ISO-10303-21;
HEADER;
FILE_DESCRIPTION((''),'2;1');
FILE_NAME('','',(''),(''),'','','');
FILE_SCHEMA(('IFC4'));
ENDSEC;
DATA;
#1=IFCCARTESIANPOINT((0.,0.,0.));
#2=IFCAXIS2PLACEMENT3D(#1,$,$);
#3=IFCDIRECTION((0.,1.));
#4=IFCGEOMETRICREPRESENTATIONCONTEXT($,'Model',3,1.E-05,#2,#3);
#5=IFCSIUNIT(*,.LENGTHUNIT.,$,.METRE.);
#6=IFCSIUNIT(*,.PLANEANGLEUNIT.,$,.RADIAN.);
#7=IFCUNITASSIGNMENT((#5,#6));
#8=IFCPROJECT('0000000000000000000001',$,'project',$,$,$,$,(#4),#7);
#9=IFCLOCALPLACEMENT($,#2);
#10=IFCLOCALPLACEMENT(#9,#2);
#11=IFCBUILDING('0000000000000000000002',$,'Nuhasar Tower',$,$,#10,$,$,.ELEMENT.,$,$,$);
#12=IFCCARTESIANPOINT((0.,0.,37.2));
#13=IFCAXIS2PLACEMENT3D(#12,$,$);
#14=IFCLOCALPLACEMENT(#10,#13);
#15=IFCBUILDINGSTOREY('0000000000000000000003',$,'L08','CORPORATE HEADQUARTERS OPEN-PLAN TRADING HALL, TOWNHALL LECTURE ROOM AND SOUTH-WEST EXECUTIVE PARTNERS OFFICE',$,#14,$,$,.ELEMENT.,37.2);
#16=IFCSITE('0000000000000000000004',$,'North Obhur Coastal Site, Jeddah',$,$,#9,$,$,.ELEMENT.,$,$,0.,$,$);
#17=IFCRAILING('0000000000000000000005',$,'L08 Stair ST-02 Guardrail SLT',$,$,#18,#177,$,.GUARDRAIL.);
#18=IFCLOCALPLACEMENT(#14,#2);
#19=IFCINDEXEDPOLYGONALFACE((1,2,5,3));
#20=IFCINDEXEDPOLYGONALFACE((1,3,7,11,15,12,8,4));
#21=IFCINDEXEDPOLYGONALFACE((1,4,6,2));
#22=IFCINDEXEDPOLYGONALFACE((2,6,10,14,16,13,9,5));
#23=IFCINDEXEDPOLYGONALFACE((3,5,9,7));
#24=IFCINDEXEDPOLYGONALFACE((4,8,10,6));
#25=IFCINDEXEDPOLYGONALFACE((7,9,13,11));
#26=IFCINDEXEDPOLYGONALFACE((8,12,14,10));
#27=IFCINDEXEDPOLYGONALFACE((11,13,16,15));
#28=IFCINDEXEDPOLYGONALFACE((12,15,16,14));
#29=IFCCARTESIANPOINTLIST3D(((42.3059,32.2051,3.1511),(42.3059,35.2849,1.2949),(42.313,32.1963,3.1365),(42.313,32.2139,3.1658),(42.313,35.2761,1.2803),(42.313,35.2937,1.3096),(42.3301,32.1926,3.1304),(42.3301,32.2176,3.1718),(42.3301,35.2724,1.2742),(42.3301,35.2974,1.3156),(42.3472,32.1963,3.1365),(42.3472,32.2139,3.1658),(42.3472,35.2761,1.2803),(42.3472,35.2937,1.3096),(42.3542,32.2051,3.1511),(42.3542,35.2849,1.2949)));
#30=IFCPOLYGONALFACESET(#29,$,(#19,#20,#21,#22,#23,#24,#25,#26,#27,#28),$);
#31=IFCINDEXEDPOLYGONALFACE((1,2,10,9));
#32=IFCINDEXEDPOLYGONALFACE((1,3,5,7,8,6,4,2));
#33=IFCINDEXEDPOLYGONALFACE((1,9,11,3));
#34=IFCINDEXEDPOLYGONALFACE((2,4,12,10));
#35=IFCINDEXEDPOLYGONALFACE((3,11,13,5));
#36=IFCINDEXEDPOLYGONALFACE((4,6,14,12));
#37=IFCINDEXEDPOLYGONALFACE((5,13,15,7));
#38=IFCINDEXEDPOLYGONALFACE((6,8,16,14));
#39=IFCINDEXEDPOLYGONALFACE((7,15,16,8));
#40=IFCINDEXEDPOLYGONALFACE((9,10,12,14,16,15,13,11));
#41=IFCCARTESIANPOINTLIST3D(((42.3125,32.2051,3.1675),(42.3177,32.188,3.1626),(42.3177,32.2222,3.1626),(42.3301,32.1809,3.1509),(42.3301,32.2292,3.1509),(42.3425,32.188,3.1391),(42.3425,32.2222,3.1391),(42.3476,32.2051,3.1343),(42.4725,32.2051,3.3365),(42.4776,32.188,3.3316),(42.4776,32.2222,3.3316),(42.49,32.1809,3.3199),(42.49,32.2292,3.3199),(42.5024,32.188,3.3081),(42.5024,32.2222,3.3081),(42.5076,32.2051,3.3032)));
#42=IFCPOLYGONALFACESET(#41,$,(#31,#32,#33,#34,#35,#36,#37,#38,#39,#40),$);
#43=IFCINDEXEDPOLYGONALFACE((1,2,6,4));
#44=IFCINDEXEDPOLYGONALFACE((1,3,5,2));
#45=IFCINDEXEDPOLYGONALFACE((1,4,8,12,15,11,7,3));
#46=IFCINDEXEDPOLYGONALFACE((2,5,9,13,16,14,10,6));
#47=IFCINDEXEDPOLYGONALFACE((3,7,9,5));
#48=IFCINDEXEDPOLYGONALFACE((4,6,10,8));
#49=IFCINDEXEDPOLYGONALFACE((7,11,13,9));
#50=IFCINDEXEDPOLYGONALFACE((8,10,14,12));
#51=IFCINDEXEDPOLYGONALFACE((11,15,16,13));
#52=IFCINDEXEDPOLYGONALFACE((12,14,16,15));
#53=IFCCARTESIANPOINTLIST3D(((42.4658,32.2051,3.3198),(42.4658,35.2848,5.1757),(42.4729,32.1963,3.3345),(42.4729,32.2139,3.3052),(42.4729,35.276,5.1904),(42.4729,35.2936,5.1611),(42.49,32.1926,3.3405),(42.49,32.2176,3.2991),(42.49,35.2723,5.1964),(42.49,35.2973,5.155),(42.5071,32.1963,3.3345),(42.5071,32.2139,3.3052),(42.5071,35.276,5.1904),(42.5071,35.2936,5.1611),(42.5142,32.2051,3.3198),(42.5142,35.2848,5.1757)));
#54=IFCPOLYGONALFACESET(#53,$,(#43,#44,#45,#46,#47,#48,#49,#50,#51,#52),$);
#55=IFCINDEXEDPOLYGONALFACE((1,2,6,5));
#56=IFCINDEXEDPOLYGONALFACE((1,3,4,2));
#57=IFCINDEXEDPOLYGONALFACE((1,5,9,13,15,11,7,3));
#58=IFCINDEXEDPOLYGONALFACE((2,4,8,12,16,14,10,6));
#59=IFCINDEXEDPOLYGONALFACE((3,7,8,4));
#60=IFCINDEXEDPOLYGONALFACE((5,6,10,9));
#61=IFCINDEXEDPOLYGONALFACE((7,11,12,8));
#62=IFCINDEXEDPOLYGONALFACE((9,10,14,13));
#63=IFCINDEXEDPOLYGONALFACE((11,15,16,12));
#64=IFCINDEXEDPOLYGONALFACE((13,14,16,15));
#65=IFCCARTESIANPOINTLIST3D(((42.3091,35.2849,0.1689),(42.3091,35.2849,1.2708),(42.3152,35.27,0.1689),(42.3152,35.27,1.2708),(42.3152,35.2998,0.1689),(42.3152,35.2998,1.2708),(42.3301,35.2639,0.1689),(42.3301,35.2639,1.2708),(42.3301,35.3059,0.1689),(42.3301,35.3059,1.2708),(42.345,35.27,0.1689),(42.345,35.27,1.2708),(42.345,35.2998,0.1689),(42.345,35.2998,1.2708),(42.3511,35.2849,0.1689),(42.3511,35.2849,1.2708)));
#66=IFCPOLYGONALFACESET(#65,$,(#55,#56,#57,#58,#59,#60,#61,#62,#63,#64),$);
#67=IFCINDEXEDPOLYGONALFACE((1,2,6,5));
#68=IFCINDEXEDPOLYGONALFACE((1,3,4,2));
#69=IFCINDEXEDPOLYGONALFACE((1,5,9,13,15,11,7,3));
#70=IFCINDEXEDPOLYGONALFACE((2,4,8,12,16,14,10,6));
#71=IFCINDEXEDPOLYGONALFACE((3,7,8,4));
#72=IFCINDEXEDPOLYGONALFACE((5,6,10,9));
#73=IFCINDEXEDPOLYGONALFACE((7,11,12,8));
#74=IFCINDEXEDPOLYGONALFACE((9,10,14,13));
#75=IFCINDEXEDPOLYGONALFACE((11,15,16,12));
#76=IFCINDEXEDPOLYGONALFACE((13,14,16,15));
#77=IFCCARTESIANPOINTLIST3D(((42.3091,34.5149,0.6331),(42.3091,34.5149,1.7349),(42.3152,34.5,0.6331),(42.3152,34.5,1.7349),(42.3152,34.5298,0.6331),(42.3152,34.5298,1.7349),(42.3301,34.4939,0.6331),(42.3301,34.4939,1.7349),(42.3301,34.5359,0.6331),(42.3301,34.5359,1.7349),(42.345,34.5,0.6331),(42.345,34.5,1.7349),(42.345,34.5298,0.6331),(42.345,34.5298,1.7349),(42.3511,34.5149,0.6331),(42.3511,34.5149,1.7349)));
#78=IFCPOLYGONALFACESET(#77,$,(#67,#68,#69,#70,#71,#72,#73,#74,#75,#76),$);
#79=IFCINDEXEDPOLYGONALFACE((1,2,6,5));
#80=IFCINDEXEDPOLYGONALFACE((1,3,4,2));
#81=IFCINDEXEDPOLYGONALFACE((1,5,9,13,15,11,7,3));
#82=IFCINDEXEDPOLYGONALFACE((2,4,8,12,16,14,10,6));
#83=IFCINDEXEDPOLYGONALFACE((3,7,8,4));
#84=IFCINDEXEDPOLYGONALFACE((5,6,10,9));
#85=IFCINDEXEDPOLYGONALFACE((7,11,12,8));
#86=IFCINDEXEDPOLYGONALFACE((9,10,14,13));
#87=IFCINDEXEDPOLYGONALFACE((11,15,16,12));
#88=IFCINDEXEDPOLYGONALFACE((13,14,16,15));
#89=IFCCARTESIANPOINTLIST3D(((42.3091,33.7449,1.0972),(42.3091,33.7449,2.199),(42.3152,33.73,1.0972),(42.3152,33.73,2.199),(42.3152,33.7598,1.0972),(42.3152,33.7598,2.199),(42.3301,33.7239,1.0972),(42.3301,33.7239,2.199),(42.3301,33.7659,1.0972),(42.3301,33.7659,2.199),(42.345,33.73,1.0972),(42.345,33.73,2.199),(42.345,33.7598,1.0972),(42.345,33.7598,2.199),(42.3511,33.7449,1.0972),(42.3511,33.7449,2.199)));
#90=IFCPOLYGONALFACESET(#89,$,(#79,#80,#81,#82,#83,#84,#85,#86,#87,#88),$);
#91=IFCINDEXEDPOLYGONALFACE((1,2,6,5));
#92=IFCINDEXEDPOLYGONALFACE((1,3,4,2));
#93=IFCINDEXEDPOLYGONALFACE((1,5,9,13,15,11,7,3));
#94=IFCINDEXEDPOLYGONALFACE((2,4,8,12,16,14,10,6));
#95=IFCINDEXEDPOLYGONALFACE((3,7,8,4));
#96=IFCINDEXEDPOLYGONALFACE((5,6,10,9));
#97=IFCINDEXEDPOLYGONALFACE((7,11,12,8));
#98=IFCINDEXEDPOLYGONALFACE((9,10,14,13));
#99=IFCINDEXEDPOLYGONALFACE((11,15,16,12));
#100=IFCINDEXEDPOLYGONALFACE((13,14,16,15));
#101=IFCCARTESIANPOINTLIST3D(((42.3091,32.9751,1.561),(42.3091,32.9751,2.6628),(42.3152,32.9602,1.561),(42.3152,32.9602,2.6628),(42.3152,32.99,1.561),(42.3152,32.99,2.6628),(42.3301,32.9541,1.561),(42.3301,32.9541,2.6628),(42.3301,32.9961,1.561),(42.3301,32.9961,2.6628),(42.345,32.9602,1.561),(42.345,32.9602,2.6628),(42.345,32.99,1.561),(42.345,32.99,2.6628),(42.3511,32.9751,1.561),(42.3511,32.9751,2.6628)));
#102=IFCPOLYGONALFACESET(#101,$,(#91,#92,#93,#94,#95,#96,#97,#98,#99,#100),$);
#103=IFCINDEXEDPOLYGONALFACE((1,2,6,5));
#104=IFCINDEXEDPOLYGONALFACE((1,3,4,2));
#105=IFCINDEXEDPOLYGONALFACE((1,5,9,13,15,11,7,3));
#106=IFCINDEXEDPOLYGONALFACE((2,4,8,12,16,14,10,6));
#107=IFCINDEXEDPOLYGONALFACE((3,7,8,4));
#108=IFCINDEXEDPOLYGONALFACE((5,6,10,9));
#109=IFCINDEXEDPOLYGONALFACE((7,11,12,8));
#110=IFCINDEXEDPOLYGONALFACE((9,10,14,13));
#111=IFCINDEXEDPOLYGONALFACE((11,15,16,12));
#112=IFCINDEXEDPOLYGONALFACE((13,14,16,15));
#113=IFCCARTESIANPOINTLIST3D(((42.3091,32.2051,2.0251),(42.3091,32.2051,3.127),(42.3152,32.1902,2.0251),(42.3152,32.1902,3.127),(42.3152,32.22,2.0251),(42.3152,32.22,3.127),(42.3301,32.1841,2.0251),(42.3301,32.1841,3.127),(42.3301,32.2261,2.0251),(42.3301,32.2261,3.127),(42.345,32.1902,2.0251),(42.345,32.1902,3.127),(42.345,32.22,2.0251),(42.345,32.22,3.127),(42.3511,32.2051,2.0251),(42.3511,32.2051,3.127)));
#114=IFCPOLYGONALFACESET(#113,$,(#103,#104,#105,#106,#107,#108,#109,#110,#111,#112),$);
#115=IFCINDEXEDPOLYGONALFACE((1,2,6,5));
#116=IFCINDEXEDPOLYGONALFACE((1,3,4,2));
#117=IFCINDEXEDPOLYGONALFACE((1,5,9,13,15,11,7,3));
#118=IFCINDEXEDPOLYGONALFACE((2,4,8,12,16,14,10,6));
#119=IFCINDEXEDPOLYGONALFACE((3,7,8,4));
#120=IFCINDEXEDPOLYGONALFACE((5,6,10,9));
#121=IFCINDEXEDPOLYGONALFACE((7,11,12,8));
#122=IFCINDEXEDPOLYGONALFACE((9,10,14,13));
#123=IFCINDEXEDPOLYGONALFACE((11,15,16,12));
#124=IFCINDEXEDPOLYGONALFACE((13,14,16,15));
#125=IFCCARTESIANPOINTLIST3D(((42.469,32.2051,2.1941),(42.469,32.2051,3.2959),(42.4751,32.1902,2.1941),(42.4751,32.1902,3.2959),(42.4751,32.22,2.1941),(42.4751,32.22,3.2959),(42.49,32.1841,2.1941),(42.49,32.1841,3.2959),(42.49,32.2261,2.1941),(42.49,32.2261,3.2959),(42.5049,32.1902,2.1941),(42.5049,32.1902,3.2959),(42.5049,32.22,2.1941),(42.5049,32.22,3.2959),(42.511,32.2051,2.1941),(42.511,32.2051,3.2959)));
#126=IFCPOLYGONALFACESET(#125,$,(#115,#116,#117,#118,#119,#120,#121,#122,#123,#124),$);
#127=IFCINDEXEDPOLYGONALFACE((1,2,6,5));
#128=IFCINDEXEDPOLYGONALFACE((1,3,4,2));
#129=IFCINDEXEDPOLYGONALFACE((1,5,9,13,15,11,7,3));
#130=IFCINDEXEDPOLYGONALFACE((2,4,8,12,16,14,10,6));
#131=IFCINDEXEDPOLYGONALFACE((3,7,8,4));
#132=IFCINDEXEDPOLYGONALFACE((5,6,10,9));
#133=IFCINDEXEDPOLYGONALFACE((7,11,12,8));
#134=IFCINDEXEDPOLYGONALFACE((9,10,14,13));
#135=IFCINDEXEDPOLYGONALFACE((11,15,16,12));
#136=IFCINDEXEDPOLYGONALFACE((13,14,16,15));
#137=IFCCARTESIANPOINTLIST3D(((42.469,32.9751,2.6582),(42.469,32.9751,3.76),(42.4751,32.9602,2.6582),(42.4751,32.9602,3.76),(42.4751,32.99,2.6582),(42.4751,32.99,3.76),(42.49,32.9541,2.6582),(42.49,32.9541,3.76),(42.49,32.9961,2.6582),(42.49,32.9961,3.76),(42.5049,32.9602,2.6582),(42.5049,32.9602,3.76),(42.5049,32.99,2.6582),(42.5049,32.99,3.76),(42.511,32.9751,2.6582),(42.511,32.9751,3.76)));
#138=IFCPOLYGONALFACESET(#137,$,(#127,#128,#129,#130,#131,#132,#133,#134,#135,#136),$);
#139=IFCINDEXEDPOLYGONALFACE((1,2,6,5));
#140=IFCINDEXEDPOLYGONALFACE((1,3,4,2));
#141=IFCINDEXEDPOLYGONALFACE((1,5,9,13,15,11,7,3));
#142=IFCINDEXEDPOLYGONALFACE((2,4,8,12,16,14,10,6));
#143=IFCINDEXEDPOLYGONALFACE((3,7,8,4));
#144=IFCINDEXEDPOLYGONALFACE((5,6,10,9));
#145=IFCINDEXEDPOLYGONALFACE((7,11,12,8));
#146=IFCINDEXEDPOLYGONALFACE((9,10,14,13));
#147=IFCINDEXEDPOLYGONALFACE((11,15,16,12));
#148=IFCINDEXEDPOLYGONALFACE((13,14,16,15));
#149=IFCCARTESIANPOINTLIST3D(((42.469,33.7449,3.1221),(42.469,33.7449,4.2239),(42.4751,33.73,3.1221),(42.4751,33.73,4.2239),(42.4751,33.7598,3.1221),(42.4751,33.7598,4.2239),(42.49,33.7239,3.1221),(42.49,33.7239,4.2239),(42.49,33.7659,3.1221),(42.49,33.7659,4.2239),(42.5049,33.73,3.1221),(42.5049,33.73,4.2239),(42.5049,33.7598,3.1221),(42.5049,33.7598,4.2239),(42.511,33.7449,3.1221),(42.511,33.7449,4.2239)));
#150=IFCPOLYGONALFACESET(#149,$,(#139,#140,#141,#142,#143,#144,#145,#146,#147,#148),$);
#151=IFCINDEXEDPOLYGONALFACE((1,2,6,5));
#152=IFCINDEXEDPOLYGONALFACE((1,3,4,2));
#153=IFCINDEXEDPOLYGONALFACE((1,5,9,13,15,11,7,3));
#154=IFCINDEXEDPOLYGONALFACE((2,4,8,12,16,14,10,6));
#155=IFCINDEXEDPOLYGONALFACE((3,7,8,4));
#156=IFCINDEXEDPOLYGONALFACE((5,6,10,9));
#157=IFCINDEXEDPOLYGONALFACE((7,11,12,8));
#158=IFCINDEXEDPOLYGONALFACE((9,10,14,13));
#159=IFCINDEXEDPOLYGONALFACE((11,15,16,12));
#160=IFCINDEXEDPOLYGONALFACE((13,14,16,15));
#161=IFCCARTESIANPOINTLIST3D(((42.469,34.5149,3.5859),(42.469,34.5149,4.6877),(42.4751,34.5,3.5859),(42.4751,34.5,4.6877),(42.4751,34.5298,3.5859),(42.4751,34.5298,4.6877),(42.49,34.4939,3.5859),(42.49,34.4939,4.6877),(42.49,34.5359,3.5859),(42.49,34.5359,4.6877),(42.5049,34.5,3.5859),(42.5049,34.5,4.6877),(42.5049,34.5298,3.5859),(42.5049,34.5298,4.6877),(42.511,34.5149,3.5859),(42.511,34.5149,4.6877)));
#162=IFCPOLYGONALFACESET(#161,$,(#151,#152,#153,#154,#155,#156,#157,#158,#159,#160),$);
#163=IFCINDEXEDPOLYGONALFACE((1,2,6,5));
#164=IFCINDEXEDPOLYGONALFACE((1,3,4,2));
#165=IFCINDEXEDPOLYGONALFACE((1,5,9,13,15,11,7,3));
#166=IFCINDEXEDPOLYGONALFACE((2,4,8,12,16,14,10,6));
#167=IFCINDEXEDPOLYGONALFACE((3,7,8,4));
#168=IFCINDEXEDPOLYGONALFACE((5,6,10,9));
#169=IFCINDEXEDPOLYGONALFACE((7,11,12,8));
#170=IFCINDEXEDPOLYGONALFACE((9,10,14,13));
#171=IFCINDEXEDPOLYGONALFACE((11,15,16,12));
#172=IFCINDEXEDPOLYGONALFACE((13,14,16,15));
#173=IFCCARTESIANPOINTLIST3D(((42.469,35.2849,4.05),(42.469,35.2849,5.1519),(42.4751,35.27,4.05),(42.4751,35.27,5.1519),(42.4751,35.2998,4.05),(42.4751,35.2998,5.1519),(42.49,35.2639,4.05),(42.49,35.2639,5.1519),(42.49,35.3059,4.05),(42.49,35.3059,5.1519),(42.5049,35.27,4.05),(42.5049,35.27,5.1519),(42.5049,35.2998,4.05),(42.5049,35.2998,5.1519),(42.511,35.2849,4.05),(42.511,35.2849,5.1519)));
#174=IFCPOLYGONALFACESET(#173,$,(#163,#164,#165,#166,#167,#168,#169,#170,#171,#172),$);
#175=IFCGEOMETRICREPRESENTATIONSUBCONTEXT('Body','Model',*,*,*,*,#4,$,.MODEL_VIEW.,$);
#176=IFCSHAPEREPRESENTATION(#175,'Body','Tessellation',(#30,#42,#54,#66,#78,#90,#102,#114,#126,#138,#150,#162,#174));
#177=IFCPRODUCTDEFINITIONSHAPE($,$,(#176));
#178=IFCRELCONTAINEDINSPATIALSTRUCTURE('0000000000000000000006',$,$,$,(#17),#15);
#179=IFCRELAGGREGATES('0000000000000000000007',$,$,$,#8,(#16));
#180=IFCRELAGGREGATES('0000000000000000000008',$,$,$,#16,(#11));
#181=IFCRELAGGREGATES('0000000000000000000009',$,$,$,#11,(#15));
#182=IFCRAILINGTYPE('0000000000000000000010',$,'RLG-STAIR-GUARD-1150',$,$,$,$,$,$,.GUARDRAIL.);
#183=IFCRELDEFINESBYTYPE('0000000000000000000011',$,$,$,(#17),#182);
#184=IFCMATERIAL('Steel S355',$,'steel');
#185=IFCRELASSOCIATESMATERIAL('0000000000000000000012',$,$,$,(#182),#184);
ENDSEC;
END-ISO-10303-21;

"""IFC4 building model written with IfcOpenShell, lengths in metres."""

from ifc_helpers import new_model, si_unit, direction, frame, origin, place, context, subcontext, project, spatial, polyline, outline, extrude, material, type_object, element, save


model = new_model("IFC4")

# Units and contexts
model_context = context("Model", 3, precision=1e-05, world=origin(), true_north=direction((0.0, 1.0)))
body_context = subcontext(model_context, "Body", "Model", "MODEL_VIEW")
ifc_project = project(units=[si_unit("LENGTHUNIT", "METRE"), si_unit("PLANEANGLEUNIT", "RADIAN")], contexts=[model_context])

# Site, building, storey
site_placement = place(None, origin())
site = spatial("IfcSite", under=ifc_project, at=site_placement, Name="North Obhur Coastal Site, Jeddah", CompositionType="ELEMENT", RefElevation=0.0)
building_placement = place(site_placement, origin())
building = spatial("IfcBuilding", under=site, at=building_placement, Name="Nuhasar Tower", CompositionType="ELEMENT")
storey_placement = place(building_placement, frame((0.0, 0.0, 37.2)))
storey = spatial("IfcBuildingStorey", under=building, at=storey_placement, Name="L08", Description="CORPORATE HEADQUARTERS OPEN-PLAN TRADING HALL, TOWNHALL LECTURE ROOM AND SOUTH-WEST EXECUTIVE PARTNERS OFFICE", CompositionType="ELEMENT", Elevation=37.2)

# Shared definitions
ifc_material_1 = material(Name="Steel S355", Category="steel")

# Railing
railing_type_1 = type_object("IfcRailingType", Name="RLG-STAIR-GUARD-1150", PredefinedType="GUARDRAIL", material=ifc_material_1)
railing_1_placement = place(storey_placement, frame((42.3301, 35.2849, 0.1689)))
element("IfcRailing", 1, at=railing_1_placement, inside=storey, type_object=railing_type_1, Name="L08 Stair ST-02 Guardrail SLT", PredefinedType="GUARDRAIL", context=body_context, shape_type="SweptSolid", body=[
    extrude(outline(polyline([(0.0242, 0.0), (0.0171, 0.0171), (0.0, 0.0242), (-0.0171, 0.0171), (-0.0242, 0.0), (-0.0171, -0.0171), (0.0, -0.0242), (0.0171, -0.0171), (0.0242, 0.0)])), frame((0.0, 0.0, 1.126), z_axis=(0.0, -0.856473, 0.516192), x_axis=(1.0, 0.0, 0.0)), (0.0, 0.0, 1.0), 3.5959),
    extrude(outline(polyline([(0.0242, 0.0), (0.0171, 0.0171), (0.0, 0.0242), (-0.0171, 0.0171), (-0.0242, 0.0), (-0.0171, -0.0171), (0.0, -0.0242), (0.0171, -0.0171), (0.0242, 0.0)])), frame((0.0, -3.0798, 2.9819), z_axis=(0.687424, 0.0, 0.726256), x_axis=(0.0, 1.0, 0.0)), (0.0, 0.0, 1.0), 0.2327),
    extrude(outline(polyline([(0.0242, 0.0), (0.0171, 0.0171), (0.0, 0.0242), (-0.0171, 0.0171), (-0.0242, 0.0), (-0.0171, -0.0171), (0.0, -0.0242), (0.0171, -0.0171), (0.0242, 0.0)])), frame((0.1599, -3.0798, 3.1509), z_axis=(0.0, 0.856503, 0.516142), x_axis=(-1.0, 0.0, 0.0)), (0.0, 0.0, 1.0), 3.5957),
    extrude(outline(polyline([(0.021, 0.0), (0.0149, 0.0149), (0.0, 0.021), (-0.0149, 0.0149), (-0.021, 0.0), (-0.0149, -0.0149), (0.0, -0.021), (0.0149, -0.0149), (0.021, 0.0)])), origin(), (0.0, 0.0, 1.0), 1.1018),
    extrude(outline(polyline([(0.021, 0.0), (0.0149, 0.0149), (0.0, 0.021), (-0.0149, 0.0149), (-0.021, 0.0), (-0.0149, -0.0149), (0.0, -0.021), (0.0149, -0.0149), (0.021, 0.0)])), frame((0.0, -0.77, 0.4641)), (0.0, 0.0, 1.0), 1.1018),
    extrude(outline(polyline([(0.021, 0.0), (0.0149, 0.0149), (0.0, 0.021), (-0.0149, 0.0149), (-0.021, 0.0), (-0.0149, -0.0149), (0.0, -0.021), (0.0149, -0.0149), (0.021, 0.0)])), frame((0.0, -1.54, 0.9282)), (0.0, 0.0, 1.0), 1.1018),
    extrude(outline(polyline([(0.021, 0.0), (0.0149, 0.0149), (0.0, 0.021), (-0.0149, 0.0149), (-0.021, 0.0), (-0.0149, -0.0149), (0.0, -0.021), (0.0149, -0.0149), (0.021, 0.0)])), frame((0.0, -2.3098, 1.3921)), (0.0, 0.0, 1.0), 1.1018),
    extrude(outline(polyline([(0.021, 0.0), (0.0149, 0.0149), (0.0, 0.021), (-0.0149, 0.0149), (-0.021, 0.0), (-0.0149, -0.0149), (0.0, -0.021), (0.0149, -0.0149), (0.021, 0.0)])), frame((0.0, -3.0798, 1.8562)), (0.0, 0.0, 1.0), 1.1018),
    extrude(outline(polyline([(0.021, 0.0), (0.0149, 0.0149), (0.0, 0.021), (-0.0149, 0.0149), (-0.021, 0.0), (-0.0149, -0.0149), (0.0, -0.021), (0.0149, -0.0149), (0.021, 0.0)])), frame((0.1599, -3.0798, 2.0251)), (0.0, 0.0, 1.0), 1.1018),
    extrude(outline(polyline([(0.021, 0.0), (0.0149, 0.0149), (0.0, 0.021), (-0.0149, 0.0149), (-0.021, 0.0), (-0.0149, -0.0149), (0.0, -0.021), (0.0149, -0.0149), (0.021, 0.0)])), frame((0.1599, -2.3098, 2.4893)), (0.0, 0.0, 1.0), 1.1018),
    extrude(outline(polyline([(0.021, 0.0), (0.0149, 0.0149), (0.0, 0.021), (-0.0149, 0.0149), (-0.021, 0.0), (-0.0149, -0.0149), (0.0, -0.021), (0.0149, -0.0149), (0.021, 0.0)])), frame((0.1599, -1.54, 2.9531)), (0.0, 0.0, 1.0), 1.1018),
    extrude(outline(polyline([(0.021, 0.0), (0.0149, 0.0149), (0.0, 0.021), (-0.0149, 0.0149), (-0.021, 0.0), (-0.0149, -0.0149), (0.0, -0.021), (0.0149, -0.0149), (0.021, 0.0)])), frame((0.1599, -0.77, 3.417)), (0.0, 0.0, 1.0), 1.1018),
    extrude(outline(polyline([(0.021, 0.0), (0.0149, 0.0149), (0.0, 0.021), (-0.0149, 0.0149), (-0.021, 0.0), (-0.0149, -0.0149), (0.0, -0.021), (0.0149, -0.0149), (0.021, 0.0)])), frame((0.1599, 0.0, 3.8811)), (0.0, 0.0, 1.0), 1.1018),
])

save(model, "model.ifc")
